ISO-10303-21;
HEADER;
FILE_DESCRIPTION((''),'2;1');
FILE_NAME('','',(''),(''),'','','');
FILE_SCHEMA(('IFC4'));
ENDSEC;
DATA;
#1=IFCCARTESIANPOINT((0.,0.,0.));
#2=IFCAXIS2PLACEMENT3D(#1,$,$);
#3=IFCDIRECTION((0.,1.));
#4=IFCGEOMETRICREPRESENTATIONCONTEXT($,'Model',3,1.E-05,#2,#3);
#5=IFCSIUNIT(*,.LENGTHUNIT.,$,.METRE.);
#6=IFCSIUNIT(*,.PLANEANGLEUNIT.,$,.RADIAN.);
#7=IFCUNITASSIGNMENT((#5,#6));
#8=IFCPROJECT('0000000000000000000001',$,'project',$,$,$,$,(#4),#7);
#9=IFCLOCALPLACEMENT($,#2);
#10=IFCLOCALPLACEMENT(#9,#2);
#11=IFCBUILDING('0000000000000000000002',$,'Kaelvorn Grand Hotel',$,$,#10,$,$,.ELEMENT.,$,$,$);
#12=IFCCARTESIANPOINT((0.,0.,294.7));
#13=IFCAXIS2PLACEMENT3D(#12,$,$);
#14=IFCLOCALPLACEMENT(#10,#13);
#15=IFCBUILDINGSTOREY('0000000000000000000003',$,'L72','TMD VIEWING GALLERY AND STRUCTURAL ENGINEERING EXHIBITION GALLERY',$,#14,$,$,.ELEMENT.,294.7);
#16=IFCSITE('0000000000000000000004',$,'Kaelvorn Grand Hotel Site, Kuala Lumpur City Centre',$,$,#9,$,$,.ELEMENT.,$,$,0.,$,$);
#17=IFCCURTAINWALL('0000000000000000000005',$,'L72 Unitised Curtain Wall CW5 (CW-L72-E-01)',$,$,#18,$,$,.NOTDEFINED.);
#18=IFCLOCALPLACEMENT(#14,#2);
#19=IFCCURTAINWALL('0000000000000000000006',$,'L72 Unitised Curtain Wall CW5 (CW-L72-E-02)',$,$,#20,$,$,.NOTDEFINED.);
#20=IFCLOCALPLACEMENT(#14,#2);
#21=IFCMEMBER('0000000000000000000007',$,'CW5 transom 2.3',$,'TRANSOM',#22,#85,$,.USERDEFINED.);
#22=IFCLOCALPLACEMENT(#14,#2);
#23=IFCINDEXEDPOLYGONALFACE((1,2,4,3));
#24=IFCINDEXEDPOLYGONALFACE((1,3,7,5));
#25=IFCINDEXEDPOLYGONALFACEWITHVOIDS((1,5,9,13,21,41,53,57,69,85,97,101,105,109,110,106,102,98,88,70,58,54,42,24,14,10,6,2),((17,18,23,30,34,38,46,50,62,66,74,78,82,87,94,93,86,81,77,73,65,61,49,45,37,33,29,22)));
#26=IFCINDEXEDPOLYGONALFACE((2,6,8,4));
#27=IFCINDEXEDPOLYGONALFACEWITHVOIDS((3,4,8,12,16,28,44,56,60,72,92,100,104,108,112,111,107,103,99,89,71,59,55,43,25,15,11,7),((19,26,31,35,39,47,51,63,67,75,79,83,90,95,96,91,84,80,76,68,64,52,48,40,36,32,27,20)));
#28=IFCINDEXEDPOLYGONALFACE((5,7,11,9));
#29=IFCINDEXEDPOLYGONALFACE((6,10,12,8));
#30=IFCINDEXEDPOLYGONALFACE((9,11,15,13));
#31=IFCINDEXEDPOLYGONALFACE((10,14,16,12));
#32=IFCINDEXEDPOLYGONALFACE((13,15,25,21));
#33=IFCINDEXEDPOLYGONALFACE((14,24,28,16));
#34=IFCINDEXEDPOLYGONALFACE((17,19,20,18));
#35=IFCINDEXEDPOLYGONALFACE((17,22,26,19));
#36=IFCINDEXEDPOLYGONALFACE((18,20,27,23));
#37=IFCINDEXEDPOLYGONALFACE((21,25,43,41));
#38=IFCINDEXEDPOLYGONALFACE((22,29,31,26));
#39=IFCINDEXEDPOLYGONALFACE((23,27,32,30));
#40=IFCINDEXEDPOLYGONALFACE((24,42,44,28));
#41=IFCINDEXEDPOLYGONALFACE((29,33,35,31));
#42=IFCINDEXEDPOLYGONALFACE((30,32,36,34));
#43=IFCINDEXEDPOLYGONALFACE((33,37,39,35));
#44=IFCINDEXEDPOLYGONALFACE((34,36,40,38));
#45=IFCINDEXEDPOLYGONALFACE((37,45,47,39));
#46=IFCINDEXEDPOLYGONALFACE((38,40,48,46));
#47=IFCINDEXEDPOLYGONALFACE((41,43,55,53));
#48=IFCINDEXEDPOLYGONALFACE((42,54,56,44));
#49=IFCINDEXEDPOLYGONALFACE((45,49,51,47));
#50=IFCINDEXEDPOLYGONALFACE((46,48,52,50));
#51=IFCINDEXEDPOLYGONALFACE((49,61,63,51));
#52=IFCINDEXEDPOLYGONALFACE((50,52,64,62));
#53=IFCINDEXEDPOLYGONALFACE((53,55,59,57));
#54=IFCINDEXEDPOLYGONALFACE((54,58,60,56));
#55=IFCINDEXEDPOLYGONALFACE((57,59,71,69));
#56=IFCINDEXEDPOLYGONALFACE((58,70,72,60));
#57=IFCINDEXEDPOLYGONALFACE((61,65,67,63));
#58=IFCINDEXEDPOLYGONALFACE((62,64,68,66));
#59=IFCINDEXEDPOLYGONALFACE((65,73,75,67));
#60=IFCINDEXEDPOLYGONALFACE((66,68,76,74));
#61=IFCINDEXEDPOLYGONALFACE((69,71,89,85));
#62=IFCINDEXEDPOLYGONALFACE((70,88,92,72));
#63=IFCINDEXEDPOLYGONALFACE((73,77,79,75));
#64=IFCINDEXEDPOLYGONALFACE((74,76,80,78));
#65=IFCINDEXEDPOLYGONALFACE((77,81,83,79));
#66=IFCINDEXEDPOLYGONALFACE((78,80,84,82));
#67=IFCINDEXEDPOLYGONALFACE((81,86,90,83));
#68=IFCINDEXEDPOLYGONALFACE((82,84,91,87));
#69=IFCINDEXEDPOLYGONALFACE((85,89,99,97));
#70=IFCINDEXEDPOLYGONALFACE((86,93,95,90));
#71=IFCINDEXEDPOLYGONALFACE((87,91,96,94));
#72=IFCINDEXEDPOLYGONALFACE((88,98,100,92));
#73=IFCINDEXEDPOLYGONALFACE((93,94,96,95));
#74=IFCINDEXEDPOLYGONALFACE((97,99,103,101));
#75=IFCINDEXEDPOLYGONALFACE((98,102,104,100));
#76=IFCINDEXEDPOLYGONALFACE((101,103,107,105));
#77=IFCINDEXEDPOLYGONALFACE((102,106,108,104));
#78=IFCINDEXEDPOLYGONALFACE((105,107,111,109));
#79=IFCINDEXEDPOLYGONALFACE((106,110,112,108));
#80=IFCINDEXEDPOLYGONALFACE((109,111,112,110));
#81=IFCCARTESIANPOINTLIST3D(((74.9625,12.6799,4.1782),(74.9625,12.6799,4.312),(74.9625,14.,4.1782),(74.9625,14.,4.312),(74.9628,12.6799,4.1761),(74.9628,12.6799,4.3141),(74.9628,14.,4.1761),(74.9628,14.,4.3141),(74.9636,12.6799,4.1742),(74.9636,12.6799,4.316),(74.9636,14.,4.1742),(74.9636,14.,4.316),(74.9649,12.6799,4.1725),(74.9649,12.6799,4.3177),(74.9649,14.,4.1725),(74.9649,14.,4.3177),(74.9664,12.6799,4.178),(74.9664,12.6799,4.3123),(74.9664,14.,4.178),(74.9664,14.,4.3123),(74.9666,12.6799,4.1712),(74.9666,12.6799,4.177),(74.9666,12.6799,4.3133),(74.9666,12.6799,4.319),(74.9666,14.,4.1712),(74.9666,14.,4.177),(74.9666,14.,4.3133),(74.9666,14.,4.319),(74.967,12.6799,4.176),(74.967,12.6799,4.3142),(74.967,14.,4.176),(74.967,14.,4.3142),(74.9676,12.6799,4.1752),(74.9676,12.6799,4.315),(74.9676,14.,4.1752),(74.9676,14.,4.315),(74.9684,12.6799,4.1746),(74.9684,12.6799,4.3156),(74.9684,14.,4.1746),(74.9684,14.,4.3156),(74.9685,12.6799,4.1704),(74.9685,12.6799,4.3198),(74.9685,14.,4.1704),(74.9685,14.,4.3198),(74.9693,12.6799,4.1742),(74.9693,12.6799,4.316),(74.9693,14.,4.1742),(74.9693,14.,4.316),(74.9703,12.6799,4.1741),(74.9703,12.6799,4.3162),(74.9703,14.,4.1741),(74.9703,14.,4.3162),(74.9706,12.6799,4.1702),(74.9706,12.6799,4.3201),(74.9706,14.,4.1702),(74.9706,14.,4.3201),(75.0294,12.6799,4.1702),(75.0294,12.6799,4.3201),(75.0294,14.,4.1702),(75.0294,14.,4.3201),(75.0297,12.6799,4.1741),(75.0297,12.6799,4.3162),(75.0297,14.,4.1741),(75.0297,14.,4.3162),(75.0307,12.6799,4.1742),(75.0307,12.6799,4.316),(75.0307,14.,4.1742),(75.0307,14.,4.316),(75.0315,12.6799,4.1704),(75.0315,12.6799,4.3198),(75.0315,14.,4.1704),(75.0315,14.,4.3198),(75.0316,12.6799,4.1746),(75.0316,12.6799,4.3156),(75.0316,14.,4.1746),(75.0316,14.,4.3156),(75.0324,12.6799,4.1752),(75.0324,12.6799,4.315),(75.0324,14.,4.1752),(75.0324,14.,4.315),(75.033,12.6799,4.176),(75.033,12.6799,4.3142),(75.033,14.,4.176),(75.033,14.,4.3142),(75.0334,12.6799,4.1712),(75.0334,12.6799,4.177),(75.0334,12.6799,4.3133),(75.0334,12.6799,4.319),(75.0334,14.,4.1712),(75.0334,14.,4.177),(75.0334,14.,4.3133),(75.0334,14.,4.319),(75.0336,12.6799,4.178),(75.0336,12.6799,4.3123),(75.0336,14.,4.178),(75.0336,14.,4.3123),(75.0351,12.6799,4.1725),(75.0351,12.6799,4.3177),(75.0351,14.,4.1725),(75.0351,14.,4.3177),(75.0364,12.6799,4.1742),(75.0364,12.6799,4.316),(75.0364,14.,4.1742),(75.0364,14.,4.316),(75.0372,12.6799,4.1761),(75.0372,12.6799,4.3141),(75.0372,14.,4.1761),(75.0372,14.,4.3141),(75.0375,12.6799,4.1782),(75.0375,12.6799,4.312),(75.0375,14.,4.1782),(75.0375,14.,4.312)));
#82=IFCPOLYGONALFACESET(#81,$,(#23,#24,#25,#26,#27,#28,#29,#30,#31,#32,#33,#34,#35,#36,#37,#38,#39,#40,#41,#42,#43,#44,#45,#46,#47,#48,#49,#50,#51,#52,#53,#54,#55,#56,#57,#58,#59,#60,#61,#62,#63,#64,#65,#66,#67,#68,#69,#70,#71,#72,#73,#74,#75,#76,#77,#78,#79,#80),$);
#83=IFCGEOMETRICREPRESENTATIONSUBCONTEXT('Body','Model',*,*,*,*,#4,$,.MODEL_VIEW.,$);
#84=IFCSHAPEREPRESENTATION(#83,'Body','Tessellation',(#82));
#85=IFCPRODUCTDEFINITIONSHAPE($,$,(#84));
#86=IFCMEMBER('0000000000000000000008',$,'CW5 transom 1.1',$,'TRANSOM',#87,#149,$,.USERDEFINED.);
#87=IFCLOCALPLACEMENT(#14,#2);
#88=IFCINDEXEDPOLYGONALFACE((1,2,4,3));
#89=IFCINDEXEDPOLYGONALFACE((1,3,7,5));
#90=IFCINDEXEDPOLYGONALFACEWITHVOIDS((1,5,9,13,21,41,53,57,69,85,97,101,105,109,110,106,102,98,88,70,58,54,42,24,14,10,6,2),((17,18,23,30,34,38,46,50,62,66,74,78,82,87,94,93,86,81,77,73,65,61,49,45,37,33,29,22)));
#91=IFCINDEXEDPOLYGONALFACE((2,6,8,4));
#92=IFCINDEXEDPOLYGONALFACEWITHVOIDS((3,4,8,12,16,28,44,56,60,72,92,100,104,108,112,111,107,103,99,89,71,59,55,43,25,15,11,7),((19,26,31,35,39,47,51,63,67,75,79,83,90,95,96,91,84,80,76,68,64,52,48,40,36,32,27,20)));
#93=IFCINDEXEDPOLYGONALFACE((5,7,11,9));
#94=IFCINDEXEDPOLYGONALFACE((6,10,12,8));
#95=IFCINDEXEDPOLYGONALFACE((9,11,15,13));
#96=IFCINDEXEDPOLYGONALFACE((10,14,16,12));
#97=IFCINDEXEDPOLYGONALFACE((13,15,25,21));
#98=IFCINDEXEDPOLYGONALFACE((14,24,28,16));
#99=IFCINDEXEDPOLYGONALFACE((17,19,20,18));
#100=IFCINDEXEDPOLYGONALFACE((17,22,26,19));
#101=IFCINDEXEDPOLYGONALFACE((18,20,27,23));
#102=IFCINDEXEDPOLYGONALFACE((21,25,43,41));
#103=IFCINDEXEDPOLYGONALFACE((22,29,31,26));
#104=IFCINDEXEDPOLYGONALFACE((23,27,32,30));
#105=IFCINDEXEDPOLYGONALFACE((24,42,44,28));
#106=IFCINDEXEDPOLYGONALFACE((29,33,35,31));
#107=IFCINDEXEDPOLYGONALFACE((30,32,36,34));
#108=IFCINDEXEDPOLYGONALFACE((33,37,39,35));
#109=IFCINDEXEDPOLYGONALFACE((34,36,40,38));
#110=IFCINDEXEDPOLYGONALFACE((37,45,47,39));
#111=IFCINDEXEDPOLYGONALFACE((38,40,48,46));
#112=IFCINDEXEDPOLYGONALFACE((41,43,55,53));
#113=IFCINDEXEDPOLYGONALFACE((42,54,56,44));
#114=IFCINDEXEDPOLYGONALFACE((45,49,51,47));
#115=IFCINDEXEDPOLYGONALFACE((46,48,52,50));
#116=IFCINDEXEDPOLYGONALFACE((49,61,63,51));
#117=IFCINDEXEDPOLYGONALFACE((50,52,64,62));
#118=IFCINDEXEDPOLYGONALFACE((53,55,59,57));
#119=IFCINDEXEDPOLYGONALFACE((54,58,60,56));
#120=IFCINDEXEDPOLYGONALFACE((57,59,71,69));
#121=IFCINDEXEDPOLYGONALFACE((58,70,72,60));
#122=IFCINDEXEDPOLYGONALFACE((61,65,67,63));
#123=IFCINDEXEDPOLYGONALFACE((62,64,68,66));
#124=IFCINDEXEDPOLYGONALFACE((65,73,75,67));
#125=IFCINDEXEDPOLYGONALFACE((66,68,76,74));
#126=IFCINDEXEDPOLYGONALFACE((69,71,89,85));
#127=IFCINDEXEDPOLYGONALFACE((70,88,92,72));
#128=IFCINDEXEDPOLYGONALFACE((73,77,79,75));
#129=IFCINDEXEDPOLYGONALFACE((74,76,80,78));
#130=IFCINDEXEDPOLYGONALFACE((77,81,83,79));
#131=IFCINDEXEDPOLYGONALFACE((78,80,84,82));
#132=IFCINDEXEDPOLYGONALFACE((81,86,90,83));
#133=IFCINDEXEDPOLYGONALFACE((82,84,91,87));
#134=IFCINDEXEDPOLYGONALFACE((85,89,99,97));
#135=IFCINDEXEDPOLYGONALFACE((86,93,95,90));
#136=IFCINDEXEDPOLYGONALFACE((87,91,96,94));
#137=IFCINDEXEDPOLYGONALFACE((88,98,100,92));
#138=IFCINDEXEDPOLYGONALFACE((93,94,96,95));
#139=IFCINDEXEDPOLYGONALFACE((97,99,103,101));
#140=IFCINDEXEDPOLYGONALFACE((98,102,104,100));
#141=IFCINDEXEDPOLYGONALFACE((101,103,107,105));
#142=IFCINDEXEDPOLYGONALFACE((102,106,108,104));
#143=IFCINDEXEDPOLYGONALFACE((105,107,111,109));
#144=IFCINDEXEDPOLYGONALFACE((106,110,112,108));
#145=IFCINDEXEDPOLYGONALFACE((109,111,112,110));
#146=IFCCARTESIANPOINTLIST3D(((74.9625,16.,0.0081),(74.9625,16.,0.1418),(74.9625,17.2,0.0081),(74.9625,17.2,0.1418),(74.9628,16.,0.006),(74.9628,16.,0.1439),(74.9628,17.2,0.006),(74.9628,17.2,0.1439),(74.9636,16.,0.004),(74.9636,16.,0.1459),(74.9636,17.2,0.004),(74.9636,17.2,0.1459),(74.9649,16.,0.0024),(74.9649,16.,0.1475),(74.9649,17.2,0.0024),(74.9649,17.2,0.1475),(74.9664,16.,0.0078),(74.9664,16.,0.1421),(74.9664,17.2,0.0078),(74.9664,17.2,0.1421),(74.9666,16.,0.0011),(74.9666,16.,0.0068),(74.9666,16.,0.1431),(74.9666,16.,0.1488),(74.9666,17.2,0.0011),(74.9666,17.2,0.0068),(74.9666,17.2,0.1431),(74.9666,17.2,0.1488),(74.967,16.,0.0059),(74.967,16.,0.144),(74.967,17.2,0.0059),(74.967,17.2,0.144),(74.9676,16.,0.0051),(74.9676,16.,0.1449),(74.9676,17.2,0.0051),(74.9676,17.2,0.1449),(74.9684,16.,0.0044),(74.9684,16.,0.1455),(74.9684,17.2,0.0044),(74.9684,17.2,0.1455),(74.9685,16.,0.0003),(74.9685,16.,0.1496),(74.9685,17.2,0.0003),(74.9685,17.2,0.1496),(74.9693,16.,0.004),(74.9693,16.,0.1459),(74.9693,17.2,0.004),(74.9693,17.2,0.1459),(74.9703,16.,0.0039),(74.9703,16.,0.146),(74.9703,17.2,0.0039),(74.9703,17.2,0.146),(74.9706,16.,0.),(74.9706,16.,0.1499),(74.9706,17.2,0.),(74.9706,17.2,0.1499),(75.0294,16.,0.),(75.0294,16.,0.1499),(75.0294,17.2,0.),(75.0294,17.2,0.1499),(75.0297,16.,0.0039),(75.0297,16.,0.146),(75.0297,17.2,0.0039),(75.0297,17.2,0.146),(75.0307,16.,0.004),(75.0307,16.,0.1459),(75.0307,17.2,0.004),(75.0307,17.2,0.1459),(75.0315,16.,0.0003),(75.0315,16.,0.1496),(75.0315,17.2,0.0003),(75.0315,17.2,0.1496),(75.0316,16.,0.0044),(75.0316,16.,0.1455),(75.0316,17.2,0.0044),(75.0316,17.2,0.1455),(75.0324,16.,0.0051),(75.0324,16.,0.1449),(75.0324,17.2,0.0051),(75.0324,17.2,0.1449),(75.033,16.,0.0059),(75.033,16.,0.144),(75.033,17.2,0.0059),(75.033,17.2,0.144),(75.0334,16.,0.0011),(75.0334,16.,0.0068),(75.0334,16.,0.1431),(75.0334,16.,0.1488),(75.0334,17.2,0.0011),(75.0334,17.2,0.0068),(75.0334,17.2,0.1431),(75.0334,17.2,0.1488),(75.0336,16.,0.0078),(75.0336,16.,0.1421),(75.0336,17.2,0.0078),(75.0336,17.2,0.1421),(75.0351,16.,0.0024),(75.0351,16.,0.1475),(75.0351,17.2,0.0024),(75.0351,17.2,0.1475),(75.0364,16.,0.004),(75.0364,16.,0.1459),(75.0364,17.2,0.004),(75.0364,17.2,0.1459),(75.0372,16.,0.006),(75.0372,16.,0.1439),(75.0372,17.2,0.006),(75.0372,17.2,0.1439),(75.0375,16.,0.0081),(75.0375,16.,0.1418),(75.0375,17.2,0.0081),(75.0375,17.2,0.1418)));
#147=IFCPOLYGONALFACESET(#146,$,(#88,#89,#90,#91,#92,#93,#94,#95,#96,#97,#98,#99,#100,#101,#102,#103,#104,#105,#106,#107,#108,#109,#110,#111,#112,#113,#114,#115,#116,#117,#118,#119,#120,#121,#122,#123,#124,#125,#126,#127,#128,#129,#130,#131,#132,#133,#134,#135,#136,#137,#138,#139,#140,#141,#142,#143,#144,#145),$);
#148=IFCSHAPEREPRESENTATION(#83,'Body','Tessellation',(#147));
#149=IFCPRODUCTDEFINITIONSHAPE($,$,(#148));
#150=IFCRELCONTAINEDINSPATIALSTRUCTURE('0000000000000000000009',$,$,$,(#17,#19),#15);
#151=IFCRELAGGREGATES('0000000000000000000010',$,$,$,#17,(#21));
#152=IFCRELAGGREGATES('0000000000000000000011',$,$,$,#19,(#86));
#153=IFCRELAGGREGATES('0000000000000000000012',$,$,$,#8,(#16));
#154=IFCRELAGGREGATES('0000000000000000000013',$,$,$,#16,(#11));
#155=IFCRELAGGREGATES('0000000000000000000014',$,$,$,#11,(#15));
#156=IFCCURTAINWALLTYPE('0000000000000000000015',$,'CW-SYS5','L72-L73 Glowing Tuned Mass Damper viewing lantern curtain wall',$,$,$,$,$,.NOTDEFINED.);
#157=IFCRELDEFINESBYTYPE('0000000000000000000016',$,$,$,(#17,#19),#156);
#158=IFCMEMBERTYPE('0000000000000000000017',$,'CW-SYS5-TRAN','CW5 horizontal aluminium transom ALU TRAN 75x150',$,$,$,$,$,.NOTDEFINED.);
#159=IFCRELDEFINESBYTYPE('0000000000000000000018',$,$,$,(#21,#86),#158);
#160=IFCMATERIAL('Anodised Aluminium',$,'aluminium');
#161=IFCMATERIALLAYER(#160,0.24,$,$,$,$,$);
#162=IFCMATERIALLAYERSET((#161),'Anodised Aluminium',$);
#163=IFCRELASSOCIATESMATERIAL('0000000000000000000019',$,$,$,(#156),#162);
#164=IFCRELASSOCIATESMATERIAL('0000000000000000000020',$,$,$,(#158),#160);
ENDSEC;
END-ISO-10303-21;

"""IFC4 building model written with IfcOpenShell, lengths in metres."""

from ifc_helpers import new_model, si_unit, direction, frame, origin, origin_2d, place, context, subcontext, project, spatial, hollow_rectangle, extrude, material, layer, layer_set, material_profile, profile_set, type_object, element, aggregate, save


model = new_model("IFC4")

# Units and contexts
model_context = context("Model", 3, precision=1e-05, world=origin(), true_north=direction((0.0, 1.0)))
body_context = subcontext(model_context, "Body", "Model", "MODEL_VIEW")
ifc_project = project(units=[si_unit("LENGTHUNIT", "METRE"), si_unit("PLANEANGLEUNIT", "RADIAN")], contexts=[model_context])

# Site, building, storey
site_placement = place(None, origin())
site = spatial("IfcSite", under=ifc_project, at=site_placement, Name="Kaelvorn Grand Hotel Site, Kuala Lumpur City Centre", CompositionType="ELEMENT", RefElevation=0.0)
building_placement = place(site_placement, origin())
building = spatial("IfcBuilding", under=site, at=building_placement, Name="Kaelvorn Grand Hotel", CompositionType="ELEMENT")
storey_placement = place(building_placement, frame((0.0, 0.0, 294.7)))
storey = spatial("IfcBuildingStorey", under=building, at=storey_placement, Name="L72", Description="TMD VIEWING GALLERY AND STRUCTURAL ENGINEERING EXHIBITION GALLERY", CompositionType="ELEMENT", Elevation=294.7)

# Curtain walls
ifc_material_1 = material(Name="Anodised Aluminium", Category="aluminium")
ifc_layer_1 = layer(ifc_material_1, 0.24)
ifc_layer_set_1 = layer_set([ifc_layer_1], Name="Anodised Aluminium")
curtain_wall_type = type_object("IfcCurtainWallType", Name="CW-SYS5", Description="L72-L73 Glowing Tuned Mass Damper viewing lantern curtain wall", PredefinedType="NOTDEFINED", material=ifc_layer_set_1)
curtain_wall_1_placement = place(storey_placement, origin())
curtain_wall_1 = element("IfcCurtainWall", 1, at=curtain_wall_1_placement, inside=storey, type_object=curtain_wall_type, Name="L72 Unitised Curtain Wall CW5 (CW-L72-E-01)", PredefinedType="NOTDEFINED")
curtain_wall_2_placement = place(storey_placement, origin())
curtain_wall_2 = element("IfcCurtainWall", 2, at=curtain_wall_2_placement, inside=storey, type_object=curtain_wall_type, Name="L72 Unitised Curtain Wall CW5 (CW-L72-E-02)", PredefinedType="NOTDEFINED")

# Members
ifc_material_profile_1 = material_profile(ifc_material_1, hollow_rectangle(XDim=0.075, YDim=0.1499, WallThickness=0.0039, InnerFilletRadius=0.0039, OuterFilletRadius=0.0081, at=origin_2d()), Name="ALU TRAN 75x150")
ifc_profile_set_1 = profile_set([ifc_material_profile_1], Name="Anodised Aluminium")
member_type_1 = type_object("IfcMemberType", Name="CW-SYS5-TRAN", Description="CW5 horizontal aluminium transom ALU TRAN 75x150", PredefinedType="NOTDEFINED", material=ifc_profile_set_1)
member_1_placement = place(storey_placement, frame((75.0, 12.6799, 4.2451), z_axis=(0.0, 1.0, 0.0), x_axis=(-1.0, 0.0, 0.0)))
member_1 = element("IfcMember", 3, at=member_1_placement, type_object=member_type_1, Name="CW5 transom 2.3", ObjectType="TRANSOM", PredefinedType="USERDEFINED", context=body_context, shape_type="SweptSolid", body=[
    extrude(hollow_rectangle(XDim=0.075, YDim=0.1499, WallThickness=0.0039, InnerFilletRadius=0.0039, OuterFilletRadius=0.0081, at=origin_2d()), origin(), (0.0, 0.0, 1.0), 1.3201),
])
member_2_placement = place(storey_placement, frame((75.0, 16.0, 0.075), z_axis=(0.0, 1.0, 0.0), x_axis=(-1.0, 0.0, 0.0)))
member_2 = element("IfcMember", 4, at=member_2_placement, type_object=member_type_1, Name="CW5 transom 1.1", ObjectType="TRANSOM", PredefinedType="USERDEFINED", context=body_context, shape_type="SweptSolid", body=[
    extrude(hollow_rectangle(XDim=0.075, YDim=0.1499, WallThickness=0.0039, InnerFilletRadius=0.0039, OuterFilletRadius=0.0081, at=origin_2d()), origin(), (0.0, 0.0, 1.0), 1.2),
])

aggregate(curtain_wall_1, [member_1])
aggregate(curtain_wall_2, [member_2])

save(model, "model.ifc")
